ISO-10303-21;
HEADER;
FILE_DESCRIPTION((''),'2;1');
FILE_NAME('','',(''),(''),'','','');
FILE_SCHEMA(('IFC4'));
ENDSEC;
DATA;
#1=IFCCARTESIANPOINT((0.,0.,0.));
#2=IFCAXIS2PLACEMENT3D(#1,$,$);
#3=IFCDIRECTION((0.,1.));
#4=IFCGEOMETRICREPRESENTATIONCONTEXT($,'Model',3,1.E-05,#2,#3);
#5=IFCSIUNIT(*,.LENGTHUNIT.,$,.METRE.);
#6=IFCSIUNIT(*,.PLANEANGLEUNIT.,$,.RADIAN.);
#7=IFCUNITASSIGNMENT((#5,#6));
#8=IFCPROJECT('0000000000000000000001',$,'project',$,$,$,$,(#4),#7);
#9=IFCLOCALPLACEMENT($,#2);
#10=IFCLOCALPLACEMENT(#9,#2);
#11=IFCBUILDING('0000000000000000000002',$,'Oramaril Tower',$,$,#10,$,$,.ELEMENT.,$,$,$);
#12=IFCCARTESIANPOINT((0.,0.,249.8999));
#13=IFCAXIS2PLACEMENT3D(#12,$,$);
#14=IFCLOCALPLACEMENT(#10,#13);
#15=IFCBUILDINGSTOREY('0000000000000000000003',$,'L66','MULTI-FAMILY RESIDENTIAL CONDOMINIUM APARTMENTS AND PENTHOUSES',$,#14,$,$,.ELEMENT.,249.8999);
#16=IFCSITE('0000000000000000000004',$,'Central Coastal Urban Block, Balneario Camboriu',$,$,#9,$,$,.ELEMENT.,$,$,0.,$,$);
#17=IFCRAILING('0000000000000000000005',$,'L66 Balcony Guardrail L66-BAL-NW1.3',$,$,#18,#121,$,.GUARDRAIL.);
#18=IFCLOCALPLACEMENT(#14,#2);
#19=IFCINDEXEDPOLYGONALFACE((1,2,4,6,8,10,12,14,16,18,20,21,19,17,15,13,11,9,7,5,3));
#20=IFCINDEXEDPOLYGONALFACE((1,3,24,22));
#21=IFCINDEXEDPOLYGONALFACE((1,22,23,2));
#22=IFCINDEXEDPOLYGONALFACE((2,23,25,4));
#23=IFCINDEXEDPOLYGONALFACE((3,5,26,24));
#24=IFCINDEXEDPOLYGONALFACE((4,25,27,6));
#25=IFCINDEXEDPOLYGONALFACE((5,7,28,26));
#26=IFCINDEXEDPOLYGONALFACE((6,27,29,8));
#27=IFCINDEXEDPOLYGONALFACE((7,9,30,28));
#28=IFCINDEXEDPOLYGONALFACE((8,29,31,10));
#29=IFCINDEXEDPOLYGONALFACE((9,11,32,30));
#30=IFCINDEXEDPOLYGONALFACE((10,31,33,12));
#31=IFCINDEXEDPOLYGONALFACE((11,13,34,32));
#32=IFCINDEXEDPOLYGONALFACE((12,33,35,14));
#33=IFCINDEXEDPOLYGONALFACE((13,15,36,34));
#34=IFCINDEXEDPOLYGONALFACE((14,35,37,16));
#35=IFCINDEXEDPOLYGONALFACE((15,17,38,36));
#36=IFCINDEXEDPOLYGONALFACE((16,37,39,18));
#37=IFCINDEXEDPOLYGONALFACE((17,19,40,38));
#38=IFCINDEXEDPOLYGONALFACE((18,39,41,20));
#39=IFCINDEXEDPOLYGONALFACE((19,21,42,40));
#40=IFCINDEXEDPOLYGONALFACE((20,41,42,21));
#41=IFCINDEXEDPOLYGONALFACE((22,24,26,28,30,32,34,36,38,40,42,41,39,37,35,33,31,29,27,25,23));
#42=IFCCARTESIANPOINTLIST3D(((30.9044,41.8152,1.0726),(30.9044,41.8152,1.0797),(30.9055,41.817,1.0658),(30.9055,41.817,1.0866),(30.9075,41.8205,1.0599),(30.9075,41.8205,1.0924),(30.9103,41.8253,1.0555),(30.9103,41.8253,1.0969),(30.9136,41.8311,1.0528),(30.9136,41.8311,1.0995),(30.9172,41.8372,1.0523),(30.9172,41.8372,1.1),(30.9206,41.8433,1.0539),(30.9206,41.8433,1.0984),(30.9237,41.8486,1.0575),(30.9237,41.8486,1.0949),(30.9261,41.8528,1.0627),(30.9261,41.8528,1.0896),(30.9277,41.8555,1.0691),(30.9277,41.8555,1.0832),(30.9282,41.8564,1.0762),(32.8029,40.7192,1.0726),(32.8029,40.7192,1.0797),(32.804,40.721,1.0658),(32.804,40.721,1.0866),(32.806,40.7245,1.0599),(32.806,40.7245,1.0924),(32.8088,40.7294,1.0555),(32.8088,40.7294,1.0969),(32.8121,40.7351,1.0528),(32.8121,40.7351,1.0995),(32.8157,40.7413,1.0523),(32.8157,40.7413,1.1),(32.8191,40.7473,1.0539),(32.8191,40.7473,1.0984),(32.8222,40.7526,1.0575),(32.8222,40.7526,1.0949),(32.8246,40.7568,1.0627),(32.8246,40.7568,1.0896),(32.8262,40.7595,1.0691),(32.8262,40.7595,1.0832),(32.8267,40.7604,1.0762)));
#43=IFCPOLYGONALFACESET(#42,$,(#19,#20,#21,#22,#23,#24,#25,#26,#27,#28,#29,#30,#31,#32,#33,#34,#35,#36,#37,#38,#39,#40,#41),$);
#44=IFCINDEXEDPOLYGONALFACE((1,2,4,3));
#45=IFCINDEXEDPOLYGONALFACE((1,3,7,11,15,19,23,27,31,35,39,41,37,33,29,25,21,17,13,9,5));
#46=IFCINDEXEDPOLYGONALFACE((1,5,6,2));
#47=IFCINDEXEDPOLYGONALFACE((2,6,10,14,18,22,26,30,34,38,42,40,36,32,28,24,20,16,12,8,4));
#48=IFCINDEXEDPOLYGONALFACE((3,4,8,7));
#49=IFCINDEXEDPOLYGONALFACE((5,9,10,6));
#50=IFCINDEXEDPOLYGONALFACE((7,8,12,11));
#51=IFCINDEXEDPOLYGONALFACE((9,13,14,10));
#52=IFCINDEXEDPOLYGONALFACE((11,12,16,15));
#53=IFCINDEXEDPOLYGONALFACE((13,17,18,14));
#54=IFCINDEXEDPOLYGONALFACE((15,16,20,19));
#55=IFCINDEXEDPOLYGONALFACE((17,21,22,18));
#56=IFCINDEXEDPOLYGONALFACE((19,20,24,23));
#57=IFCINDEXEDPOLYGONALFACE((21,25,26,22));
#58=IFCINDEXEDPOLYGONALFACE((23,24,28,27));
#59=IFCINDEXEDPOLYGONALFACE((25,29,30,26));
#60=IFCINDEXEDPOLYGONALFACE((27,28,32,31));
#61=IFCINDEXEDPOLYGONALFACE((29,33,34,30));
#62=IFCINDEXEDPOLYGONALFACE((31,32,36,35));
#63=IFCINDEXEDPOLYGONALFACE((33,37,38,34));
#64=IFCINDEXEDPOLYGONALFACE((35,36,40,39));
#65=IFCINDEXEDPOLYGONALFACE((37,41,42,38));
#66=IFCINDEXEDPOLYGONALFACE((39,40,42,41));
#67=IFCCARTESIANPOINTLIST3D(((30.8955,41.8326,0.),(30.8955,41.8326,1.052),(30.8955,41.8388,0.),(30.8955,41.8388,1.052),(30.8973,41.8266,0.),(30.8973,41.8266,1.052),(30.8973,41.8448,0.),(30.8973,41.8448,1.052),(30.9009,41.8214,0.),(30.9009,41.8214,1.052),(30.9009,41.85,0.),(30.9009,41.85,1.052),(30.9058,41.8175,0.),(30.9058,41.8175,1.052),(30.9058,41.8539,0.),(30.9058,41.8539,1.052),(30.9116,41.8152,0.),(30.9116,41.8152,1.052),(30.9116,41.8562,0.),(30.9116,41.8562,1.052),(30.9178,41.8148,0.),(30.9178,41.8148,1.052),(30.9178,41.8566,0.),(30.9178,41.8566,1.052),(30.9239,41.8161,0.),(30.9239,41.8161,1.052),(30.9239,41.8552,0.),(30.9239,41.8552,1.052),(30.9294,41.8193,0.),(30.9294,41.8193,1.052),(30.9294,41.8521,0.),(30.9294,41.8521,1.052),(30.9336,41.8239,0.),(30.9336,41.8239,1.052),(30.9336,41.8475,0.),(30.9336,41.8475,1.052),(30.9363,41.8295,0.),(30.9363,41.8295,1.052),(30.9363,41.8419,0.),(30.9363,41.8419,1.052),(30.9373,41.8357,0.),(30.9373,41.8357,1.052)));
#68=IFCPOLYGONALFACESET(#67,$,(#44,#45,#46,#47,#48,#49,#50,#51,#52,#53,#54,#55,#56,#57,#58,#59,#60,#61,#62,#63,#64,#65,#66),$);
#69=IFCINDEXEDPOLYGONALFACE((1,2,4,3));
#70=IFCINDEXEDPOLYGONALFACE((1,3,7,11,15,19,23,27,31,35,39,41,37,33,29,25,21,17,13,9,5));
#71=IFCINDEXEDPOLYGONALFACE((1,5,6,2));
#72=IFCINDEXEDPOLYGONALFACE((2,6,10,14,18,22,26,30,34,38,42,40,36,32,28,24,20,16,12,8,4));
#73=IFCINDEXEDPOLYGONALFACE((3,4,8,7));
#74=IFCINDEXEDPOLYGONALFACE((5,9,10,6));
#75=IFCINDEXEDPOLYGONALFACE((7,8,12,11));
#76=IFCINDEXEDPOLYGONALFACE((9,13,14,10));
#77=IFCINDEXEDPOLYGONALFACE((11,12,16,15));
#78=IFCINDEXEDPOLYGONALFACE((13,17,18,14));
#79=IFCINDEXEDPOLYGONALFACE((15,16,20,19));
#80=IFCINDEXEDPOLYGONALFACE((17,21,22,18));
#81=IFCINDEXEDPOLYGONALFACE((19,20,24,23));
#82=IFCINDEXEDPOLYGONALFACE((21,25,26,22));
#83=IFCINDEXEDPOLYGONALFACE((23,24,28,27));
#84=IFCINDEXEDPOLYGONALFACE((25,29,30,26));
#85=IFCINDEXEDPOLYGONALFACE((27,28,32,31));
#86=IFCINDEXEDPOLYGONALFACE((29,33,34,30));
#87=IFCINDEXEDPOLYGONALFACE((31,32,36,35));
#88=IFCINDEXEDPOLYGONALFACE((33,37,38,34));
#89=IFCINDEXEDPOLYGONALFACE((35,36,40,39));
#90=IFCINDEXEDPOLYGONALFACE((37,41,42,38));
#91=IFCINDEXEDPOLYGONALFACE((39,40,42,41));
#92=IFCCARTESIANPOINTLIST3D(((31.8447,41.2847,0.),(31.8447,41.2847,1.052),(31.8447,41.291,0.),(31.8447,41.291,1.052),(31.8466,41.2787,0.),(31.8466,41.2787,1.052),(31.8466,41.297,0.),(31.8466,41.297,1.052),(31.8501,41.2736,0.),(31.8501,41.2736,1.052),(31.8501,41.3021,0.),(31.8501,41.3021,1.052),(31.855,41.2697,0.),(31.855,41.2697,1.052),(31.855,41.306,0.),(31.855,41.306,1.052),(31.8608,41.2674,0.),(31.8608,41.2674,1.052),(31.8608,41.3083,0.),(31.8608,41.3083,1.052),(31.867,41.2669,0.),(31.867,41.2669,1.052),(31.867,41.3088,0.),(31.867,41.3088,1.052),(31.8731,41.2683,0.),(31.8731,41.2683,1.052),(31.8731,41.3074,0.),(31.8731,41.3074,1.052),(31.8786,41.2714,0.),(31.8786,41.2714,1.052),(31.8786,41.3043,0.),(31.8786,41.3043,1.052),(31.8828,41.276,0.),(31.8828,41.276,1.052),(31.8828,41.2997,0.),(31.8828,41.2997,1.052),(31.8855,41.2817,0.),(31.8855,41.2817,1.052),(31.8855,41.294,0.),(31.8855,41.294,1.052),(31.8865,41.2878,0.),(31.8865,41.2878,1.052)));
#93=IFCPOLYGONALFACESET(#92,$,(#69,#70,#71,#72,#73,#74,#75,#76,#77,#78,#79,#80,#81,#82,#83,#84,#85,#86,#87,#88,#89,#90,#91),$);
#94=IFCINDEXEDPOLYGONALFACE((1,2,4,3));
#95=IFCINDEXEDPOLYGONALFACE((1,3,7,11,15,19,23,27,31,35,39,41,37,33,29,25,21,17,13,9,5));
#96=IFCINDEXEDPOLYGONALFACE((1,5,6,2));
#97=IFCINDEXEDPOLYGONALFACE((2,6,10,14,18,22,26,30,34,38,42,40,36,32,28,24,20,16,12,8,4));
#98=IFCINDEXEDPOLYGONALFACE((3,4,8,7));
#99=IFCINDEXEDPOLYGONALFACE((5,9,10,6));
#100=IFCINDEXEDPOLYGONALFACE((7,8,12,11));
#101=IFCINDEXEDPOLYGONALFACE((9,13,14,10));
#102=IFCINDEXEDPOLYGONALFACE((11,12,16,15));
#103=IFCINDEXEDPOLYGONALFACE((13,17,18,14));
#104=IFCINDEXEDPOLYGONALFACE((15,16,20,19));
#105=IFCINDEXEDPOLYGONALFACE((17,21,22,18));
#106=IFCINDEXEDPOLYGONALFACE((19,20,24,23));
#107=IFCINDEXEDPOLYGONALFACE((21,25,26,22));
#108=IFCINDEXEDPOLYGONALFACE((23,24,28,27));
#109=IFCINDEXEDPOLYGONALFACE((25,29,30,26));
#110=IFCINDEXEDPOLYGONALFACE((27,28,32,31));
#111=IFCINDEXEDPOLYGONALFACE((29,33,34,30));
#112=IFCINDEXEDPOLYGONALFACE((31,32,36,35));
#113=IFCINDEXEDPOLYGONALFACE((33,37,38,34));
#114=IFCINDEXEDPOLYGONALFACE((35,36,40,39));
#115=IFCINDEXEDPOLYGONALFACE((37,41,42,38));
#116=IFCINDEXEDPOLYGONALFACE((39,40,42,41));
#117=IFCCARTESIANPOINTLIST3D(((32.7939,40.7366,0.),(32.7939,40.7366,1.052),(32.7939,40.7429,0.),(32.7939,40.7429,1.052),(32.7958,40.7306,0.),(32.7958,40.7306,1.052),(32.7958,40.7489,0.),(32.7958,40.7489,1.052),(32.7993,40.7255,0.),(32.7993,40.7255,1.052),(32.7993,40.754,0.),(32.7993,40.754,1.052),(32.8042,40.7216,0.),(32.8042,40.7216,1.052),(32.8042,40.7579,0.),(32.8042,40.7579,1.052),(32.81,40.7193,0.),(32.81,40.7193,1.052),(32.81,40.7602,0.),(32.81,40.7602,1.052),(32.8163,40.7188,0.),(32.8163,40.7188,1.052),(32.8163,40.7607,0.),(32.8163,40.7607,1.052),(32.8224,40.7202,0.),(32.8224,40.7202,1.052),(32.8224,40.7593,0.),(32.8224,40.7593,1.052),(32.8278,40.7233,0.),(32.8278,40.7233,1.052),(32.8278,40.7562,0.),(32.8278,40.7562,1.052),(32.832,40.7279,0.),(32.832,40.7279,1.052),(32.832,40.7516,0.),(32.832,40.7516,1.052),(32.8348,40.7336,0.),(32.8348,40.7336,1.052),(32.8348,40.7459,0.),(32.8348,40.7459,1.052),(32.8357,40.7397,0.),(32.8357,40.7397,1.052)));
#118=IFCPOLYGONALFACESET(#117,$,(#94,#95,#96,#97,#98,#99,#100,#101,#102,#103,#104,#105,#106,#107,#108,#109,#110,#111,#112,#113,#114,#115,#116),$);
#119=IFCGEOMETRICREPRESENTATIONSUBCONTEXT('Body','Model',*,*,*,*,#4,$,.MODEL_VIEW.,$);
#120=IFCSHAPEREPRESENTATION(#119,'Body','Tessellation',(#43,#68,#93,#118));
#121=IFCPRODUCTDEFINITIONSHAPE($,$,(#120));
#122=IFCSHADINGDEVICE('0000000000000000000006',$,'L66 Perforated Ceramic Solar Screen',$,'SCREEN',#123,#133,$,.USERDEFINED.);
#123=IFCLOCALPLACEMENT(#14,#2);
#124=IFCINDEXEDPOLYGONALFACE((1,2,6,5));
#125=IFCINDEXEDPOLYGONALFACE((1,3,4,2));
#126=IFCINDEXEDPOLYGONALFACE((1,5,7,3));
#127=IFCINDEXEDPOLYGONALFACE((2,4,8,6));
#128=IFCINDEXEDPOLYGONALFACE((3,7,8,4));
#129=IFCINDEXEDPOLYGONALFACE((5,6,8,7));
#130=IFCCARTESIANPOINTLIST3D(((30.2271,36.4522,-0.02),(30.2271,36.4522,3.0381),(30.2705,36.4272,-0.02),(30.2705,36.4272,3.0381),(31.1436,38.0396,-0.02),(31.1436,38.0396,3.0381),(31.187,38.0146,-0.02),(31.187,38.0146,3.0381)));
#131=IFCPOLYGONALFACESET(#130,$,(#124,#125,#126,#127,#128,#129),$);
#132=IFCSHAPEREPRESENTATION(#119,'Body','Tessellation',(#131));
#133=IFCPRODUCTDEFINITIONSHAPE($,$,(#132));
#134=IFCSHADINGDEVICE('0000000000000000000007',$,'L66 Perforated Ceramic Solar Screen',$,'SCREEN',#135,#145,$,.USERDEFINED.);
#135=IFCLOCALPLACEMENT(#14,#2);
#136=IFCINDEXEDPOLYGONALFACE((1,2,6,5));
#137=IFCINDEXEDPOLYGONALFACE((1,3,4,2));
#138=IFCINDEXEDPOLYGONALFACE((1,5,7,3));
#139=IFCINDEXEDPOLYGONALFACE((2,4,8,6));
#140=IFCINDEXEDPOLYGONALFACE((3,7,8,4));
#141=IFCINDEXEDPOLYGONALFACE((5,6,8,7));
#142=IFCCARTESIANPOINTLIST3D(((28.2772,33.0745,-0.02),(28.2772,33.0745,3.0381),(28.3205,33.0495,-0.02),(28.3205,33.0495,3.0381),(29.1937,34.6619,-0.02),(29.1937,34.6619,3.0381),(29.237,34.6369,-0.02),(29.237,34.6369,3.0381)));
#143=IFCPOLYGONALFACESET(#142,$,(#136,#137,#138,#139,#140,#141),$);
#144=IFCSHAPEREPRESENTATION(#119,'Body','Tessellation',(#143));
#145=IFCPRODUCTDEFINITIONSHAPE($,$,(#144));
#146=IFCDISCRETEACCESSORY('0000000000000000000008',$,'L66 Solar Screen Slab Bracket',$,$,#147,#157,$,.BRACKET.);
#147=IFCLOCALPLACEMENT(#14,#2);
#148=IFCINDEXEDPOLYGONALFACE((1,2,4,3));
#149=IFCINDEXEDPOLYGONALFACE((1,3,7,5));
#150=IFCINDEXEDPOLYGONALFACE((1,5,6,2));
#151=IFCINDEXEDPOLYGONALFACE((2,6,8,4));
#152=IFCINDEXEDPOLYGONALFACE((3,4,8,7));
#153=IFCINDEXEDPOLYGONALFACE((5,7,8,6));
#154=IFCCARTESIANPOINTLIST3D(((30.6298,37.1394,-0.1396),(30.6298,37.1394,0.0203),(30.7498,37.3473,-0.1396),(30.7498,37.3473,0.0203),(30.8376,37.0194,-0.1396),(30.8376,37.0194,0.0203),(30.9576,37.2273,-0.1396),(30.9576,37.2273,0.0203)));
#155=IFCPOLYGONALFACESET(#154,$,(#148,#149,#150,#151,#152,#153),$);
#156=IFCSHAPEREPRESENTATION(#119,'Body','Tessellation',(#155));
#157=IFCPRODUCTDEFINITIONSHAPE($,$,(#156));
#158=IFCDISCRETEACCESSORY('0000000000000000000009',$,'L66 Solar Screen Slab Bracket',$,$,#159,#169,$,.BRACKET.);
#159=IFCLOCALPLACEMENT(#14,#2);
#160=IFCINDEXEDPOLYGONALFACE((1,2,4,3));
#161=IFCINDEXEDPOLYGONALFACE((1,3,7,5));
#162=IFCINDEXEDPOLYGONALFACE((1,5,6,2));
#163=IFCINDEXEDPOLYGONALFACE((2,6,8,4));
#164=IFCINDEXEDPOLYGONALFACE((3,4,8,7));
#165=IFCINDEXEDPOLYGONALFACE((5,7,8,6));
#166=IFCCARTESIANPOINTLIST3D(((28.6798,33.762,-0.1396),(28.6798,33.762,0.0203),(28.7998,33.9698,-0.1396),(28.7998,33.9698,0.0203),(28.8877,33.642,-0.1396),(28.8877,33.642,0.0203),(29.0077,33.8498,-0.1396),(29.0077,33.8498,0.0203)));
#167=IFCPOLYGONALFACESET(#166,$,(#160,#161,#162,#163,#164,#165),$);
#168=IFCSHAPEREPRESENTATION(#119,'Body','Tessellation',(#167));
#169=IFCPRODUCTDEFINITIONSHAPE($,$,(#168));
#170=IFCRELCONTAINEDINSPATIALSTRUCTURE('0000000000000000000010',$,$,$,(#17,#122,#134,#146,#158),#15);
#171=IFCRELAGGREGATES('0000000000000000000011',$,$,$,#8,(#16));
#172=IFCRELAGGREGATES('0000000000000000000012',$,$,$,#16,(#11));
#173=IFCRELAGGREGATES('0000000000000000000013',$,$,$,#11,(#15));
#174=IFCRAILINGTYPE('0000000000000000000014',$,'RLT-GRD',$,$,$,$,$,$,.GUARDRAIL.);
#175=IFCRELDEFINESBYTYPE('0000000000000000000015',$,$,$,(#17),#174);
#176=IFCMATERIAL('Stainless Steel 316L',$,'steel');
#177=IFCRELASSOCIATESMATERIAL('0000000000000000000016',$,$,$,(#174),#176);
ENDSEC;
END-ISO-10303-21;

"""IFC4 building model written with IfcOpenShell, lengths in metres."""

from ifc_helpers import new_model, si_unit, direction, frame, origin, origin_2d, place, context, subcontext, project, spatial, rectangle, circle, extrude, material, type_object, element, save


model = new_model("IFC4")

# Units and contexts
model_context = context("Model", 3, precision=1e-05, world=origin(), true_north=direction((0.0, 1.0)))
body_context = subcontext(model_context, "Body", "Model", "MODEL_VIEW")
ifc_project = project(units=[si_unit("LENGTHUNIT", "METRE"), si_unit("PLANEANGLEUNIT", "RADIAN")], contexts=[model_context])

# Site, building, storey
site_placement = place(None, origin())
site = spatial("IfcSite", under=ifc_project, at=site_placement, Name="Central Coastal Urban Block, Balneario Camboriu", CompositionType="ELEMENT", RefElevation=0.0)
building_placement = place(site_placement, origin())
building = spatial("IfcBuilding", under=site, at=building_placement, Name="Oramaril Tower", CompositionType="ELEMENT")
storey_placement = place(building_placement, frame((0.0, 0.0, 249.8999)))
storey = spatial("IfcBuildingStorey", under=building, at=storey_placement, Name="L66", Description="MULTI-FAMILY RESIDENTIAL CONDOMINIUM APARTMENTS AND PENTHOUSES", CompositionType="ELEMENT", Elevation=249.8999)

# Railing
ifc_material_1 = material(Name="Stainless Steel 316L", Category="steel")
railing_type = type_object("IfcRailingType", Name="RLT-GRD", PredefinedType="GUARDRAIL", material=ifc_material_1)
railing_1_placement = place(storey_placement, frame((30.9163, 41.8357, 0.0)))
element("IfcRailing", 1, at=railing_1_placement, inside=storey, type_object=railing_type, Name="L66 Balcony Guardrail L66-BAL-NW1.3", PredefinedType="GUARDRAIL", context=body_context, shape_type="SweptSolid", body=[
    extrude(circle(Radius=0.0239, at=origin_2d()), frame((0.0, 0.0, 1.0762), z_axis=(0.866048, -0.49996, 0.0), x_axis=(0.49996, 0.866048, 0.0)), (0.0, 0.0, 1.0), 2.1921),
    extrude(circle(Radius=0.021, at=origin_2d()), origin(), (0.0, 0.0, 1.0), 1.052),
    extrude(circle(Radius=0.021, at=origin_2d()), frame((0.9492, -0.5479, 0.0)), (0.0, 0.0, 1.0), 1.052),
    extrude(circle(Radius=0.021, at=origin_2d()), frame((1.8984, -1.0959, 0.0)), (0.0, 0.0, 1.0), 1.052),
])

# Shading devices
for number, where, z_axis, x_axis, name in (
    (2, (30.707, 37.2334, -0.02), (0.0, 0.0, 1.0), (-0.499998, -0.866026, 0.0), "L66 Perforated Ceramic Solar Screen"),
    (3, (28.7571, 33.8557, -0.02), (0.0, 0.0, 1.0), (-0.499998, -0.866026, 0.0), "L66 Perforated Ceramic Solar Screen"),
):
    element("IfcShadingDevice", number, at=place(storey_placement, frame(where, z_axis=z_axis, x_axis=x_axis)), inside=storey, Name=name, ObjectType="SCREEN", PredefinedType="USERDEFINED", context=body_context, shape_type="SweptSolid", body=[
        extrude(rectangle(XDim=1.833, YDim=0.05, at=origin_2d()), origin(), (0.0, 0.0, 1.0), 3.0581),
    ])

# Discrete accessories
for number, where, z_axis, x_axis, name in (
    (4, (30.7937, 37.1833, -0.1396), (0.0, 0.0, 1.0), (-0.499998, -0.866026, 0.0), "L66 Solar Screen Slab Bracket"),
    (5, (28.8438, 33.8059, -0.1396), (0.0, 0.0, 1.0), (-0.499998, -0.866026, 0.0), "L66 Solar Screen Slab Bracket"),
):
    element("IfcDiscreteAccessory", number, at=place(storey_placement, frame(where, z_axis=z_axis, x_axis=x_axis)), inside=storey, Name=name, PredefinedType="BRACKET", context=body_context, shape_type="SweptSolid", body=[
        extrude(rectangle(XDim=0.24, YDim=0.24, at=origin_2d()), origin(), (0.0, 0.0, 1.0), 0.1599),
    ])

save(model, "model.ifc")
